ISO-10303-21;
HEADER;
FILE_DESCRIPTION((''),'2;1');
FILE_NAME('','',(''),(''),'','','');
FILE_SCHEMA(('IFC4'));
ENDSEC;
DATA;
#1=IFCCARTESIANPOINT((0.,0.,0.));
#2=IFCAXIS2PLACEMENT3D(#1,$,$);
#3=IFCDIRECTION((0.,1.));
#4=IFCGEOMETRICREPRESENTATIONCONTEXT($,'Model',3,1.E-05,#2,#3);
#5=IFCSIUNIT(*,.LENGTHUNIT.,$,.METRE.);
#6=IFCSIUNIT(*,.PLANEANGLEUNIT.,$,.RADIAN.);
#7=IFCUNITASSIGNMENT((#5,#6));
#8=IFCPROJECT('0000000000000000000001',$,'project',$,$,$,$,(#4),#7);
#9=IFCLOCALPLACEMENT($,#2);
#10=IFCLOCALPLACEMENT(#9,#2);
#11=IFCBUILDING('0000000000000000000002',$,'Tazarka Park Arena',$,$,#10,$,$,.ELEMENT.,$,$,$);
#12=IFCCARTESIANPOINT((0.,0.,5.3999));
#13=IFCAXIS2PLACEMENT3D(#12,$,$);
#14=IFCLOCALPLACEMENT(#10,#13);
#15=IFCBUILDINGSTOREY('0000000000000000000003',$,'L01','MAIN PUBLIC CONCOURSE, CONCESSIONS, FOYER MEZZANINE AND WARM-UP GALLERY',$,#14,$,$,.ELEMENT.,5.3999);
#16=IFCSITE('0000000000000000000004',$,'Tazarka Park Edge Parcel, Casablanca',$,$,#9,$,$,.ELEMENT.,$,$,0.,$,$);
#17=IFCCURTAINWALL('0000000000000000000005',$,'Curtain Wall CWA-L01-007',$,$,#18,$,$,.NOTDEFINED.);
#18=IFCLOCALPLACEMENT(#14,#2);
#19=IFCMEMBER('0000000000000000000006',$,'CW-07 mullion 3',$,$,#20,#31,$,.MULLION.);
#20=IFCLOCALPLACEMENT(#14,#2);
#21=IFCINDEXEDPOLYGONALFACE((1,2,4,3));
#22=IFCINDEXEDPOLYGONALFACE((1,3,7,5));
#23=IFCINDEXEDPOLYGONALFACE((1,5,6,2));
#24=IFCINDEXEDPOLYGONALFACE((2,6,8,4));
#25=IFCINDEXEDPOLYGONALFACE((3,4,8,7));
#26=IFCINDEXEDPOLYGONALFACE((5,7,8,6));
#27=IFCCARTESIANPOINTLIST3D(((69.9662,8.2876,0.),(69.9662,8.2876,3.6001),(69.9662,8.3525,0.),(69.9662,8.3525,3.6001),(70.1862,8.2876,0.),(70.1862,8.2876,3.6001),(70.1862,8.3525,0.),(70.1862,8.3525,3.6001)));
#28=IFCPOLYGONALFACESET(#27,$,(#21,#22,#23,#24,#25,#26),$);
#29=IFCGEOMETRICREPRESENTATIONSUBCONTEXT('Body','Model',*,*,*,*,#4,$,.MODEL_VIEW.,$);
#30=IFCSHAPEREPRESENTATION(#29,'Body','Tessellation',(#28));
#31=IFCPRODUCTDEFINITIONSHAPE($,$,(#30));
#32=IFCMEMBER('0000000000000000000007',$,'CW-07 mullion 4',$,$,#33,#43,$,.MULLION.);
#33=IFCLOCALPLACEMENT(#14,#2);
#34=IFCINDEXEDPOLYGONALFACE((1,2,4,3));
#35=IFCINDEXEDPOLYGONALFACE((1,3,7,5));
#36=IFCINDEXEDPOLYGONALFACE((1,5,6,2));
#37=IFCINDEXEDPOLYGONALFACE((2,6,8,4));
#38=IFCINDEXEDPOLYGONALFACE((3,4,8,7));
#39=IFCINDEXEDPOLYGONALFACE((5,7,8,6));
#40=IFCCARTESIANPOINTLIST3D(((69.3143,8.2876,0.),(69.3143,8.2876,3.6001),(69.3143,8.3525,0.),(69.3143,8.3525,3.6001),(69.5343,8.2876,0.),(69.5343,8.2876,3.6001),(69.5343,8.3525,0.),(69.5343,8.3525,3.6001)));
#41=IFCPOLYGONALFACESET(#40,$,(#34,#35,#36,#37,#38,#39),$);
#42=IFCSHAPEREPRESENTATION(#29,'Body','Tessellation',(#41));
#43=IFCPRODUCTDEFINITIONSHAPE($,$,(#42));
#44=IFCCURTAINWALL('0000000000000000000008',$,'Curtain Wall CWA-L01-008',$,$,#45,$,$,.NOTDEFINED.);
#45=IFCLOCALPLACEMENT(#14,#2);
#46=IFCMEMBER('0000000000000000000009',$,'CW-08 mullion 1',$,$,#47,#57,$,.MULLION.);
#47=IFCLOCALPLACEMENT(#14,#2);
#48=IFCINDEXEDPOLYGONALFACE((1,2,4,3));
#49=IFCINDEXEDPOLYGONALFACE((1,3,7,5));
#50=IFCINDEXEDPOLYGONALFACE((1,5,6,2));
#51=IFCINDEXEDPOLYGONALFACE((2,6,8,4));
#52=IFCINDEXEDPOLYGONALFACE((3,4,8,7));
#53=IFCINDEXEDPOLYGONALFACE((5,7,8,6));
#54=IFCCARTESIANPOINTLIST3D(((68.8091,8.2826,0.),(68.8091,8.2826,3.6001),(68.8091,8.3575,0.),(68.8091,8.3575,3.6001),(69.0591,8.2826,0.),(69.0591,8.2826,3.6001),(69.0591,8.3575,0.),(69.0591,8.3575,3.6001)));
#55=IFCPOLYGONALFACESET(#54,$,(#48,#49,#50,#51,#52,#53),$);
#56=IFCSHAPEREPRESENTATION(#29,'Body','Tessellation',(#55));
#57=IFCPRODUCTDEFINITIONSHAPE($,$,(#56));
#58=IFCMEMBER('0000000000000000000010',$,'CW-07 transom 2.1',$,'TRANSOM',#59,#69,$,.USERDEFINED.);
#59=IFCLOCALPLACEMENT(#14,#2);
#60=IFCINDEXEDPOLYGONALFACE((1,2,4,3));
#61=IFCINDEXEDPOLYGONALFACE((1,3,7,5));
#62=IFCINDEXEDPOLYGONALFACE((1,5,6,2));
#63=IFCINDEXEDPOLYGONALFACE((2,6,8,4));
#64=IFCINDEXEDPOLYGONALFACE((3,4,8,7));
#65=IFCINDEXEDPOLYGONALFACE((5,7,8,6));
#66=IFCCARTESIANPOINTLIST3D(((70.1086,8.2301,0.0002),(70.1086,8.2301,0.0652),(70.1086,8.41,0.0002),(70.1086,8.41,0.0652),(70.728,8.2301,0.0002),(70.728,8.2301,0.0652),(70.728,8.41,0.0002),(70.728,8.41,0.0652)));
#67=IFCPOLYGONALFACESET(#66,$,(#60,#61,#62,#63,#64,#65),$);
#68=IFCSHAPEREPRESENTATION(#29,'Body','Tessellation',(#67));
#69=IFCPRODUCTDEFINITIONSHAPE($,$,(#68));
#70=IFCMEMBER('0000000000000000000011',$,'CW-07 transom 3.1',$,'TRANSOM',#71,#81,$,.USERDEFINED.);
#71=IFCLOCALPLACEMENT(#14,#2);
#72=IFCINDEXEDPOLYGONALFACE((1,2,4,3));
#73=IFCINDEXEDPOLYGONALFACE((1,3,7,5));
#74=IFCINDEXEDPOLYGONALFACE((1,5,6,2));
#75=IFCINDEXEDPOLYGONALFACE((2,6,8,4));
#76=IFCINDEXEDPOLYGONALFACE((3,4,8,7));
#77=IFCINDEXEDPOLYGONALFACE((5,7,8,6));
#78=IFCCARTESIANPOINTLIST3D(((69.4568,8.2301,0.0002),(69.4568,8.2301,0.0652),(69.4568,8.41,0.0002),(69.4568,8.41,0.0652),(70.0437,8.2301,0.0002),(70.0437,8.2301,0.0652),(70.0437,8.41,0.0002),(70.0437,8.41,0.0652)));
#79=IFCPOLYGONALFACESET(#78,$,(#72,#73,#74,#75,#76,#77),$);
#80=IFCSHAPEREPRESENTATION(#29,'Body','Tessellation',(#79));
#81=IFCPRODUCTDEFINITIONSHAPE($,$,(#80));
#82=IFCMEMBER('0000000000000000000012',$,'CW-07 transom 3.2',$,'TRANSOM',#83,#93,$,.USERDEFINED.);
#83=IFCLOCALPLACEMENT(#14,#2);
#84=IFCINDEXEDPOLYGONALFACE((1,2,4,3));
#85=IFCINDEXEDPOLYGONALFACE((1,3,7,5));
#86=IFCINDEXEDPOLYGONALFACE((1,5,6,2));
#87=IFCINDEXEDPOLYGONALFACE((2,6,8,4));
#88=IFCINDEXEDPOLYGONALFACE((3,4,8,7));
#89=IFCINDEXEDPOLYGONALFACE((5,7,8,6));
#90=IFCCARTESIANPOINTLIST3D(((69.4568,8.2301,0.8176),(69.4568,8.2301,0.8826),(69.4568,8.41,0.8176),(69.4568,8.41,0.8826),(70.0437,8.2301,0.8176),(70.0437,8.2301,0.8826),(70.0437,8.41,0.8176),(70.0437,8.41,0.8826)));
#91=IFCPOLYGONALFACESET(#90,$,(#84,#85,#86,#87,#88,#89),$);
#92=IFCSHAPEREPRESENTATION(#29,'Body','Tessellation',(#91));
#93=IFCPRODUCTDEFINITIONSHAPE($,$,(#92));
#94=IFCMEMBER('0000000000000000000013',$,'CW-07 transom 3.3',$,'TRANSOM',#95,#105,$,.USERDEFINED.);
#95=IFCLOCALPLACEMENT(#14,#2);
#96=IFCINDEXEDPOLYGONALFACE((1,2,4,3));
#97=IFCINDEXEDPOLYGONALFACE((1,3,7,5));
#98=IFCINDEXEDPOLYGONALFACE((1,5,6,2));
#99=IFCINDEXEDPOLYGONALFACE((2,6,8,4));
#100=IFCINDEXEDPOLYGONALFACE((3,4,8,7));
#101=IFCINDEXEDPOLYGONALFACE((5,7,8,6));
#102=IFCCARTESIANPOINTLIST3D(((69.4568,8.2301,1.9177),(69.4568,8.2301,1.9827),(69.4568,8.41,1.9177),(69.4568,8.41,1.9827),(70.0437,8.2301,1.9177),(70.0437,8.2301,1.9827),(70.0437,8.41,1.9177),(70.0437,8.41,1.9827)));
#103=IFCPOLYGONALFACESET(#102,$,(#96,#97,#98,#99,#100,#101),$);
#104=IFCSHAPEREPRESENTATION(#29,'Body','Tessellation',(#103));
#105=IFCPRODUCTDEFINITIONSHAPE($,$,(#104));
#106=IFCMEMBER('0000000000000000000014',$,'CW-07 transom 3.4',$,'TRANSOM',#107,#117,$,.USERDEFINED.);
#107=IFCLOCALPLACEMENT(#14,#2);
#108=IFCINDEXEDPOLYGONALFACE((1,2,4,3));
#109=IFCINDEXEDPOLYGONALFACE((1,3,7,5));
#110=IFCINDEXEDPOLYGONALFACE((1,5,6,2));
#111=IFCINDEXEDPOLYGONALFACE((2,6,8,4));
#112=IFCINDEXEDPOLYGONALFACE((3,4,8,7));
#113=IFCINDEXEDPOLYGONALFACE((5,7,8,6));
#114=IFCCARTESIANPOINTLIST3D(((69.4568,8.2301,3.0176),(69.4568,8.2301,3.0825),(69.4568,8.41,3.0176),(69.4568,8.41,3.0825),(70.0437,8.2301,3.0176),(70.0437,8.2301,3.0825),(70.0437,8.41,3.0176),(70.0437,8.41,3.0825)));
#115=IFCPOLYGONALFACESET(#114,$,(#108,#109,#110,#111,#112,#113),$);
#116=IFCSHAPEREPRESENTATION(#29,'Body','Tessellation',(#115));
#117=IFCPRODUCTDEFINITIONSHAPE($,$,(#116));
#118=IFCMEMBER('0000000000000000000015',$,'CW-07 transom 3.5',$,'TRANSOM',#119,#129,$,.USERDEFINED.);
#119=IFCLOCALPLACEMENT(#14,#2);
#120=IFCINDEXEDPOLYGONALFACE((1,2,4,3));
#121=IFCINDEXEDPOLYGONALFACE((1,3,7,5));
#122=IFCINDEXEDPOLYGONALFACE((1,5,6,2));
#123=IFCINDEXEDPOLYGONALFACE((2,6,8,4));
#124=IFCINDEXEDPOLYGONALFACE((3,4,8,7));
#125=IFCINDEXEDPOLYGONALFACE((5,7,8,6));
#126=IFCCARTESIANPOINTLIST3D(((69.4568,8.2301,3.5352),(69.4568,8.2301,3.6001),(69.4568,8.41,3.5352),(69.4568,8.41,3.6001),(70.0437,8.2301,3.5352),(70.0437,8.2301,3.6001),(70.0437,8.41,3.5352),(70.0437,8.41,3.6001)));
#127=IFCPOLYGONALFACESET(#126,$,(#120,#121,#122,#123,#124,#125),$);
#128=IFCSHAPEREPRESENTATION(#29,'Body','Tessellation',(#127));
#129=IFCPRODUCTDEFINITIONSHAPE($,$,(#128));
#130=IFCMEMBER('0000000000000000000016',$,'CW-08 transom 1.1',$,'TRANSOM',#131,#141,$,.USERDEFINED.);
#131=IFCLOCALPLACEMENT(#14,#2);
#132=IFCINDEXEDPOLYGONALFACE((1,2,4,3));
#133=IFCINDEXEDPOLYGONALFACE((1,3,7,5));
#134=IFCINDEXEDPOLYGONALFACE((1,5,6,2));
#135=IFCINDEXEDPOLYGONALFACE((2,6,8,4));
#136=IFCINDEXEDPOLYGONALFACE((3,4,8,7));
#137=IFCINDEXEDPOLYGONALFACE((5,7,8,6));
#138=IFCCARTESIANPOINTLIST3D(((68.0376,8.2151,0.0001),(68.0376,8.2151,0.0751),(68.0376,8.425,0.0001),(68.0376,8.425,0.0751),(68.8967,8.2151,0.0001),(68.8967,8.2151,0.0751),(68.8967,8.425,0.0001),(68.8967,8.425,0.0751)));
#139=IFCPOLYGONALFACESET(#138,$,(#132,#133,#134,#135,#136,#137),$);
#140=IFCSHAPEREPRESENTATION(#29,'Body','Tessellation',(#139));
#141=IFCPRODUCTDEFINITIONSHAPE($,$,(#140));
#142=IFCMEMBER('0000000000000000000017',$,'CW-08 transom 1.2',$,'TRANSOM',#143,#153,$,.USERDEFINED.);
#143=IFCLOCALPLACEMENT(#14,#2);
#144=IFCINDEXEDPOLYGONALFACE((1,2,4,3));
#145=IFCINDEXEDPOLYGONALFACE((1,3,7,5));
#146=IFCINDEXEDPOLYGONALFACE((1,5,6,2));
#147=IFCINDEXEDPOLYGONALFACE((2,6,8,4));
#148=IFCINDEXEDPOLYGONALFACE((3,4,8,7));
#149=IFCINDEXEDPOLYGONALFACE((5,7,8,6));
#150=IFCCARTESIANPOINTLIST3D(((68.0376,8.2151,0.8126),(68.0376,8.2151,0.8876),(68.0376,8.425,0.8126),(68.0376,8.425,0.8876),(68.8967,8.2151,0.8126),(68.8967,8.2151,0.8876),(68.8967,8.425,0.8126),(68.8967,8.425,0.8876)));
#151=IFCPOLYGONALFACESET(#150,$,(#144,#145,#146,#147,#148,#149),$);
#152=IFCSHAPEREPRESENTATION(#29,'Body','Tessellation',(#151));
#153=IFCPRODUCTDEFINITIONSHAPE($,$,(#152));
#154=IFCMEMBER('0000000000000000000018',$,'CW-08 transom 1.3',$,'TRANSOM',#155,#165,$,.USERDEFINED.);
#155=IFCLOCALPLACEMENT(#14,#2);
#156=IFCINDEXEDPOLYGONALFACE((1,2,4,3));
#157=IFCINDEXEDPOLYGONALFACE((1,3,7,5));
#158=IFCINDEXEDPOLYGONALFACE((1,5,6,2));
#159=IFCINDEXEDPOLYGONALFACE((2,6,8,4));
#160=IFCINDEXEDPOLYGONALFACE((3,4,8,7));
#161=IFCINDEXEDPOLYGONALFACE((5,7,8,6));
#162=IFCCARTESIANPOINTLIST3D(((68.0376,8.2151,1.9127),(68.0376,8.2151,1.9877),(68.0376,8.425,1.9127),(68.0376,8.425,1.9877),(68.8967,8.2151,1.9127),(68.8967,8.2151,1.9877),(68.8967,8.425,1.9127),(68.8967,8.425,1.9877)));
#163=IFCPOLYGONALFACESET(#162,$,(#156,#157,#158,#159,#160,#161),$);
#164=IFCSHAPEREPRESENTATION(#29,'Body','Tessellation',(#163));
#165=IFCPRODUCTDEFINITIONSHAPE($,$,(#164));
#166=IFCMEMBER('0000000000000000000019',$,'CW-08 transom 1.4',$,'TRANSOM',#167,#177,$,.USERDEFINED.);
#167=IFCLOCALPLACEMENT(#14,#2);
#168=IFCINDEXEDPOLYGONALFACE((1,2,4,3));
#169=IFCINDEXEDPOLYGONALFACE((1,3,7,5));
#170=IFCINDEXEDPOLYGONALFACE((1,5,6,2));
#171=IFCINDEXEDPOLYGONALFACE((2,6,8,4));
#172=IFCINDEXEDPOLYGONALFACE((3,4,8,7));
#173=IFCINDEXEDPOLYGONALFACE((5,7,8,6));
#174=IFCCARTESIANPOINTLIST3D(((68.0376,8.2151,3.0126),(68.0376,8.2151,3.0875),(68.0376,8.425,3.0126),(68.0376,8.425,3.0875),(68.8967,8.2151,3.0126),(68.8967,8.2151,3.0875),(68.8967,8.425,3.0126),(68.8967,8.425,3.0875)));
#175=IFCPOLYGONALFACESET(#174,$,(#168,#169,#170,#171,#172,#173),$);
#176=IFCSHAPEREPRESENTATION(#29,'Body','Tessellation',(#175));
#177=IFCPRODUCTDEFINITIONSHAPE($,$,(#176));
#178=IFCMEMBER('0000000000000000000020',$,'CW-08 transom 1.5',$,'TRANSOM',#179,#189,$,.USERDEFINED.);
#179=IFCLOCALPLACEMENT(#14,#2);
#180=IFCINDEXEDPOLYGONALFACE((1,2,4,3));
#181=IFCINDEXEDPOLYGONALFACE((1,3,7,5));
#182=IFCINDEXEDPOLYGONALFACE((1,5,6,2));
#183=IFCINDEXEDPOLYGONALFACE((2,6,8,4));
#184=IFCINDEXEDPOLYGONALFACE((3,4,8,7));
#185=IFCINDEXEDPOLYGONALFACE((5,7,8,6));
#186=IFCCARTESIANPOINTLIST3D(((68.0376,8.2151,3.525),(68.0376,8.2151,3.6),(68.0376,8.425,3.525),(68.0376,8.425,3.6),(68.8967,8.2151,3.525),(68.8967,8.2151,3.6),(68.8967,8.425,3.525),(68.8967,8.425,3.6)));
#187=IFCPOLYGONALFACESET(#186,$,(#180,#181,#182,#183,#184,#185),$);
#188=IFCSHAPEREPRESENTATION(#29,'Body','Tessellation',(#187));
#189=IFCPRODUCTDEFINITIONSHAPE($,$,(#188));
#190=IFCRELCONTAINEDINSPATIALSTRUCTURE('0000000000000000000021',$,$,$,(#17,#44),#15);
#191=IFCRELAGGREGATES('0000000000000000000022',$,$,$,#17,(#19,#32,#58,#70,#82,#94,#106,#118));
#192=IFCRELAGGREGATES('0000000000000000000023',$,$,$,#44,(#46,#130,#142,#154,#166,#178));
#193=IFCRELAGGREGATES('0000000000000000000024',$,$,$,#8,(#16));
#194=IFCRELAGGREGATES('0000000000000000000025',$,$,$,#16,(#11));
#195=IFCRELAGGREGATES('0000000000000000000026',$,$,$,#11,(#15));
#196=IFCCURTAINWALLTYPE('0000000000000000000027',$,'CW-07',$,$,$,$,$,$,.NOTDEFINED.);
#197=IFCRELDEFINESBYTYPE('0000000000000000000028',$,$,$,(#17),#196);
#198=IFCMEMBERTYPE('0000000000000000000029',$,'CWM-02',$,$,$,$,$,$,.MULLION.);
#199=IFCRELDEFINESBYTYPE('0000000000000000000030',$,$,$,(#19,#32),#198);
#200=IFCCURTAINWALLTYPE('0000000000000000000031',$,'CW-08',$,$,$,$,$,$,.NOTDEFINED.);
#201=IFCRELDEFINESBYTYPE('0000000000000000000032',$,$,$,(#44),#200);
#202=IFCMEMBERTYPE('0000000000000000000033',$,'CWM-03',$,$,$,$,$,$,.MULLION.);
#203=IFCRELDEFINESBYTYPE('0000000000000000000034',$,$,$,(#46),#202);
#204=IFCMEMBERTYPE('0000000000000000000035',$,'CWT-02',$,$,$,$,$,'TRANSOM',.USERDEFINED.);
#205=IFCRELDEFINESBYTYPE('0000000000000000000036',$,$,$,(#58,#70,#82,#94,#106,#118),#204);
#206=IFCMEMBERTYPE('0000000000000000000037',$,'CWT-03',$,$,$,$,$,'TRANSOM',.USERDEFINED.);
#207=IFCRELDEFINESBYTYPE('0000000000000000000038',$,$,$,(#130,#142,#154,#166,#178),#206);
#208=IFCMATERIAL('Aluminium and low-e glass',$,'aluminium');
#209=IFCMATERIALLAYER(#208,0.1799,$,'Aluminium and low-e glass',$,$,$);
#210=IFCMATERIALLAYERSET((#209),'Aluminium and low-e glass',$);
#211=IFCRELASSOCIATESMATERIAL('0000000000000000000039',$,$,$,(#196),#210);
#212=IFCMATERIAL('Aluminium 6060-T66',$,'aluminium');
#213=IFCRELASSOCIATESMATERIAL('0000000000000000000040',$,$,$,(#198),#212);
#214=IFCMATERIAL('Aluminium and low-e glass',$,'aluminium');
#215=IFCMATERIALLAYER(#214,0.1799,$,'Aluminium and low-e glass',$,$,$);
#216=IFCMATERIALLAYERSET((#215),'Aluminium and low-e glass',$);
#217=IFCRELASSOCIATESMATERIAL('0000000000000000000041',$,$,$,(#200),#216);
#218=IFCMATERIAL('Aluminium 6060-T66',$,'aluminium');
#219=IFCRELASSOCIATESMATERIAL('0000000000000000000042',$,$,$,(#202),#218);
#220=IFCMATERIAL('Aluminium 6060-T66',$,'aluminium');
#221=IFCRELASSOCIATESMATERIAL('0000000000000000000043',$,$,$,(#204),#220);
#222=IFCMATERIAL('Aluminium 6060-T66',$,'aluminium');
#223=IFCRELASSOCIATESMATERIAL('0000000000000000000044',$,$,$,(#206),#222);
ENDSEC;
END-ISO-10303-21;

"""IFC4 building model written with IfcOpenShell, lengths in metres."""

from ifc_helpers import new_model, si_unit, direction, frame, origin, origin_2d, place, context, subcontext, project, spatial, rectangle, extrude, material, layer, layer_set, material_profile, profile_set, type_object, element, aggregate, save


model = new_model("IFC4")

# Units and contexts
model_context = context("Model", 3, precision=1e-05, world=origin(), true_north=direction((0.0, 1.0)))
body_context = subcontext(model_context, "Body", "Model", "MODEL_VIEW")
ifc_project = project(units=[si_unit("LENGTHUNIT", "METRE"), si_unit("PLANEANGLEUNIT", "RADIAN")], contexts=[model_context])

# Site, building, storey
site_placement = place(None, origin())
site = spatial("IfcSite", under=ifc_project, at=site_placement, Name="Tazarka Park Edge Parcel, Casablanca", CompositionType="ELEMENT", RefElevation=0.0)
building_placement = place(site_placement, origin())
building = spatial("IfcBuilding", under=site, at=building_placement, Name="Tazarka Park Arena", CompositionType="ELEMENT")
storey_placement = place(building_placement, frame((0.0, 0.0, 5.3999)))
storey = spatial("IfcBuildingStorey", under=building, at=storey_placement, Name="L01", Description="MAIN PUBLIC CONCOURSE, CONCESSIONS, FOYER MEZZANINE AND WARM-UP GALLERY", CompositionType="ELEMENT", Elevation=5.3999)

# Curtain wall, members
ifc_material_1 = material(Name="Aluminium and low-e glass", Category="aluminium")
ifc_layer_1 = layer(ifc_material_1, 0.1799, Name="Aluminium and low-e glass")
ifc_layer_set_1 = layer_set([ifc_layer_1], Name="Aluminium and low-e glass")
curtain_wall_type_1 = type_object("IfcCurtainWallType", Name="CW-07", PredefinedType="NOTDEFINED", material=ifc_layer_set_1)
curtain_wall_1_placement = place(storey_placement, origin())
curtain_wall_1 = element("IfcCurtainWall", 1, at=curtain_wall_1_placement, inside=storey, type_object=curtain_wall_type_1, Name="Curtain Wall CWA-L01-007", PredefinedType="NOTDEFINED")
ifc_material_2 = material(Name="Aluminium 6060-T66", Category="aluminium")
ifc_material_profile_1 = material_profile(ifc_material_2, rectangle(XDim=0.0649, YDim=0.22, at=origin_2d()), Name="Aluminium 6060-T66")
ifc_profile_set_1 = profile_set([ifc_material_profile_1], Name="Aluminium 6060-T66")
member_type_1 = type_object("IfcMemberType", Name="CWM-02", PredefinedType="MULLION", material=ifc_profile_set_1)
member_1_placement = place(storey_placement, frame((70.0762, 8.3201, 0.0), z_axis=(0.0, 0.0, 1.0), x_axis=(0.0, -1.0, 0.0)))
member_1 = element("IfcMember", 2, at=member_1_placement, type_object=member_type_1, Name="CW-07 mullion 3", PredefinedType="MULLION", context=body_context, shape_type="SweptSolid", body=[
    extrude(rectangle(XDim=0.0649, YDim=0.22, at=origin_2d()), origin(), (0.0, 0.0, 1.0), 3.6001),
])
member_2_placement = place(storey_placement, frame((69.4243, 8.3201, 0.0), z_axis=(0.0, 0.0, 1.0), x_axis=(0.0, -1.0, 0.0)))
member_2 = element("IfcMember", 3, at=member_2_placement, type_object=member_type_1, Name="CW-07 mullion 4", PredefinedType="MULLION", context=body_context, shape_type="SweptSolid", body=[
    extrude(rectangle(XDim=0.0649, YDim=0.22, at=origin_2d()), origin(), (0.0, 0.0, 1.0), 3.6001),
])

# Curtain wall, member
ifc_material_3 = material(Name="Aluminium and low-e glass", Category="aluminium")
ifc_layer_2 = layer(ifc_material_3, 0.1799, Name="Aluminium and low-e glass")
ifc_layer_set_2 = layer_set([ifc_layer_2], Name="Aluminium and low-e glass")
curtain_wall_type_2 = type_object("IfcCurtainWallType", Name="CW-08", PredefinedType="NOTDEFINED", material=ifc_layer_set_2)
curtain_wall_2_placement = place(storey_placement, origin())
curtain_wall_2 = element("IfcCurtainWall", 4, at=curtain_wall_2_placement, inside=storey, type_object=curtain_wall_type_2, Name="Curtain Wall CWA-L01-008", PredefinedType="NOTDEFINED")
ifc_material_4 = material(Name="Aluminium 6060-T66", Category="aluminium")
ifc_material_profile_2 = material_profile(ifc_material_4, rectangle(XDim=0.075, YDim=0.25, at=origin_2d()), Name="Aluminium 6060-T66")
ifc_profile_set_2 = profile_set([ifc_material_profile_2], Name="Aluminium 6060-T66")
member_type_2 = type_object("IfcMemberType", Name="CWM-03", PredefinedType="MULLION", material=ifc_profile_set_2)
member_3_placement = place(storey_placement, frame((68.9341, 8.3201, 0.0), z_axis=(0.0, 0.0, 1.0), x_axis=(0.0, -1.0, 0.0)))
member_3 = element("IfcMember", 5, at=member_3_placement, type_object=member_type_2, Name="CW-08 mullion 1", PredefinedType="MULLION", context=body_context, shape_type="SweptSolid", body=[
    extrude(rectangle(XDim=0.075, YDim=0.25, at=origin_2d()), origin(), (0.0, 0.0, 1.0), 3.6001),
])

# Members
ifc_material_5 = material(Name="Aluminium 6060-T66", Category="aluminium")
ifc_material_profile_3 = material_profile(ifc_material_5, rectangle(XDim=0.1799, YDim=0.0649, at=origin_2d()), Name="Aluminium 6060-T66")
ifc_profile_set_3 = profile_set([ifc_material_profile_3], Name="Aluminium 6060-T66")
member_type_3 = type_object("IfcMemberType", Name="CWT-02", ElementType="TRANSOM", PredefinedType="USERDEFINED", material=ifc_profile_set_3)
member_4_placement = place(storey_placement, frame((70.728, 8.3201, 0.0327), z_axis=(-1.0, 0.0, 0.0), x_axis=(0.0, -1.0, 0.0)))
member_4 = element("IfcMember", 6, at=member_4_placement, type_object=member_type_3, Name="CW-07 transom 2.1", ObjectType="TRANSOM", PredefinedType="USERDEFINED", context=body_context, shape_type="SweptSolid", body=[
    extrude(rectangle(XDim=0.1799, YDim=0.0649, at=origin_2d()), origin(), (0.0, 0.0, 1.0), 0.6194),
])
member_5_placement = place(storey_placement, frame((70.0437, 8.3201, 0.0327), z_axis=(-1.0, 0.0, 0.0), x_axis=(0.0, -1.0, 0.0)))
member_5 = element("IfcMember", 7, at=member_5_placement, type_object=member_type_3, Name="CW-07 transom 3.1", ObjectType="TRANSOM", PredefinedType="USERDEFINED", context=body_context, shape_type="SweptSolid", body=[
    extrude(rectangle(XDim=0.1799, YDim=0.0649, at=origin_2d()), origin(), (0.0, 0.0, 1.0), 0.5869),
])
member_6_placement = place(storey_placement, frame((70.0437, 8.3201, 0.8501), z_axis=(-1.0, 0.0, 0.0), x_axis=(0.0, -1.0, 0.0)))
member_6 = element("IfcMember", 8, at=member_6_placement, type_object=member_type_3, Name="CW-07 transom 3.2", ObjectType="TRANSOM", PredefinedType="USERDEFINED", context=body_context, shape_type="SweptSolid", body=[
    extrude(rectangle(XDim=0.1799, YDim=0.0649, at=origin_2d()), origin(), (0.0, 0.0, 1.0), 0.5869),
])
member_7_placement = place(storey_placement, frame((70.0437, 8.3201, 1.9502), z_axis=(-1.0, 0.0, 0.0), x_axis=(0.0, -1.0, 0.0)))
member_7 = element("IfcMember", 9, at=member_7_placement, type_object=member_type_3, Name="CW-07 transom 3.3", ObjectType="TRANSOM", PredefinedType="USERDEFINED", context=body_context, shape_type="SweptSolid", body=[
    extrude(rectangle(XDim=0.1799, YDim=0.0649, at=origin_2d()), origin(), (0.0, 0.0, 1.0), 0.5869),
])
member_8_placement = place(storey_placement, frame((70.0437, 8.3201, 3.05), z_axis=(-1.0, 0.0, 0.0), x_axis=(0.0, -1.0, 0.0)))
member_8 = element("IfcMember", 10, at=member_8_placement, type_object=member_type_3, Name="CW-07 transom 3.4", ObjectType="TRANSOM", PredefinedType="USERDEFINED", context=body_context, shape_type="SweptSolid", body=[
    extrude(rectangle(XDim=0.1799, YDim=0.0649, at=origin_2d()), origin(), (0.0, 0.0, 1.0), 0.5869),
])
member_9_placement = place(storey_placement, frame((70.0437, 8.3201, 3.5676), z_axis=(-1.0, 0.0, 0.0), x_axis=(0.0, -1.0, 0.0)))
member_9 = element("IfcMember", 11, at=member_9_placement, type_object=member_type_3, Name="CW-07 transom 3.5", ObjectType="TRANSOM", PredefinedType="USERDEFINED", context=body_context, shape_type="SweptSolid", body=[
    extrude(rectangle(XDim=0.1799, YDim=0.0649, at=origin_2d()), origin(), (0.0, 0.0, 1.0), 0.5869),
])
ifc_material_6 = material(Name="Aluminium 6060-T66", Category="aluminium")
ifc_material_profile_4 = material_profile(ifc_material_6, rectangle(XDim=0.21, YDim=0.075, at=origin_2d()), Name="Aluminium 6060-T66")
ifc_profile_set_4 = profile_set([ifc_material_profile_4], Name="Aluminium 6060-T66")
member_type_4 = type_object("IfcMemberType", Name="CWT-03", ElementType="TRANSOM", PredefinedType="USERDEFINED", material=ifc_profile_set_4)
member_10_placement = place(storey_placement, frame((68.8967, 8.3201, 0.0376), z_axis=(-1.0, 0.0, 0.0), x_axis=(0.0, -1.0, 0.0)))
member_10 = element("IfcMember", 12, at=member_10_placement, type_object=member_type_4, Name="CW-08 transom 1.1", ObjectType="TRANSOM", PredefinedType="USERDEFINED", context=body_context, shape_type="SweptSolid", body=[
    extrude(rectangle(XDim=0.21, YDim=0.075, at=origin_2d()), origin(), (0.0, 0.0, 1.0), 0.8591),
])
member_11_placement = place(storey_placement, frame((68.8967, 8.3201, 0.8501), z_axis=(-1.0, 0.0, 0.0), x_axis=(0.0, -1.0, 0.0)))
member_11 = element("IfcMember", 13, at=member_11_placement, type_object=member_type_4, Name="CW-08 transom 1.2", ObjectType="TRANSOM", PredefinedType="USERDEFINED", context=body_context, shape_type="SweptSolid", body=[
    extrude(rectangle(XDim=0.21, YDim=0.075, at=origin_2d()), origin(), (0.0, 0.0, 1.0), 0.8591),
])
member_12_placement = place(storey_placement, frame((68.8967, 8.3201, 1.9502), z_axis=(-1.0, 0.0, 0.0), x_axis=(0.0, -1.0, 0.0)))
member_12 = element("IfcMember", 14, at=member_12_placement, type_object=member_type_4, Name="CW-08 transom 1.3", ObjectType="TRANSOM", PredefinedType="USERDEFINED", context=body_context, shape_type="SweptSolid", body=[
    extrude(rectangle(XDim=0.21, YDim=0.075, at=origin_2d()), origin(), (0.0, 0.0, 1.0), 0.8591),
])
member_13_placement = place(storey_placement, frame((68.8967, 8.3201, 3.05), z_axis=(-1.0, 0.0, 0.0), x_axis=(0.0, -1.0, 0.0)))
member_13 = element("IfcMember", 15, at=member_13_placement, type_object=member_type_4, Name="CW-08 transom 1.4", ObjectType="TRANSOM", PredefinedType="USERDEFINED", context=body_context, shape_type="SweptSolid", body=[
    extrude(rectangle(XDim=0.21, YDim=0.075, at=origin_2d()), origin(), (0.0, 0.0, 1.0), 0.8591),
])
member_14_placement = place(storey_placement, frame((68.8967, 8.3201, 3.5625), z_axis=(-1.0, 0.0, 0.0), x_axis=(0.0, -1.0, 0.0)))
member_14 = element("IfcMember", 16, at=member_14_placement, type_object=member_type_4, Name="CW-08 transom 1.5", ObjectType="TRANSOM", PredefinedType="USERDEFINED", context=body_context, shape_type="SweptSolid", body=[
    extrude(rectangle(XDim=0.21, YDim=0.075, at=origin_2d()), origin(), (0.0, 0.0, 1.0), 0.8591),
])

aggregate(curtain_wall_1, [member_1, member_2, member_4, member_5, member_6, member_7, member_8, member_9])
aggregate(curtain_wall_2, [member_3, member_10, member_11, member_12, member_13, member_14])

save(model, "model.ifc")
